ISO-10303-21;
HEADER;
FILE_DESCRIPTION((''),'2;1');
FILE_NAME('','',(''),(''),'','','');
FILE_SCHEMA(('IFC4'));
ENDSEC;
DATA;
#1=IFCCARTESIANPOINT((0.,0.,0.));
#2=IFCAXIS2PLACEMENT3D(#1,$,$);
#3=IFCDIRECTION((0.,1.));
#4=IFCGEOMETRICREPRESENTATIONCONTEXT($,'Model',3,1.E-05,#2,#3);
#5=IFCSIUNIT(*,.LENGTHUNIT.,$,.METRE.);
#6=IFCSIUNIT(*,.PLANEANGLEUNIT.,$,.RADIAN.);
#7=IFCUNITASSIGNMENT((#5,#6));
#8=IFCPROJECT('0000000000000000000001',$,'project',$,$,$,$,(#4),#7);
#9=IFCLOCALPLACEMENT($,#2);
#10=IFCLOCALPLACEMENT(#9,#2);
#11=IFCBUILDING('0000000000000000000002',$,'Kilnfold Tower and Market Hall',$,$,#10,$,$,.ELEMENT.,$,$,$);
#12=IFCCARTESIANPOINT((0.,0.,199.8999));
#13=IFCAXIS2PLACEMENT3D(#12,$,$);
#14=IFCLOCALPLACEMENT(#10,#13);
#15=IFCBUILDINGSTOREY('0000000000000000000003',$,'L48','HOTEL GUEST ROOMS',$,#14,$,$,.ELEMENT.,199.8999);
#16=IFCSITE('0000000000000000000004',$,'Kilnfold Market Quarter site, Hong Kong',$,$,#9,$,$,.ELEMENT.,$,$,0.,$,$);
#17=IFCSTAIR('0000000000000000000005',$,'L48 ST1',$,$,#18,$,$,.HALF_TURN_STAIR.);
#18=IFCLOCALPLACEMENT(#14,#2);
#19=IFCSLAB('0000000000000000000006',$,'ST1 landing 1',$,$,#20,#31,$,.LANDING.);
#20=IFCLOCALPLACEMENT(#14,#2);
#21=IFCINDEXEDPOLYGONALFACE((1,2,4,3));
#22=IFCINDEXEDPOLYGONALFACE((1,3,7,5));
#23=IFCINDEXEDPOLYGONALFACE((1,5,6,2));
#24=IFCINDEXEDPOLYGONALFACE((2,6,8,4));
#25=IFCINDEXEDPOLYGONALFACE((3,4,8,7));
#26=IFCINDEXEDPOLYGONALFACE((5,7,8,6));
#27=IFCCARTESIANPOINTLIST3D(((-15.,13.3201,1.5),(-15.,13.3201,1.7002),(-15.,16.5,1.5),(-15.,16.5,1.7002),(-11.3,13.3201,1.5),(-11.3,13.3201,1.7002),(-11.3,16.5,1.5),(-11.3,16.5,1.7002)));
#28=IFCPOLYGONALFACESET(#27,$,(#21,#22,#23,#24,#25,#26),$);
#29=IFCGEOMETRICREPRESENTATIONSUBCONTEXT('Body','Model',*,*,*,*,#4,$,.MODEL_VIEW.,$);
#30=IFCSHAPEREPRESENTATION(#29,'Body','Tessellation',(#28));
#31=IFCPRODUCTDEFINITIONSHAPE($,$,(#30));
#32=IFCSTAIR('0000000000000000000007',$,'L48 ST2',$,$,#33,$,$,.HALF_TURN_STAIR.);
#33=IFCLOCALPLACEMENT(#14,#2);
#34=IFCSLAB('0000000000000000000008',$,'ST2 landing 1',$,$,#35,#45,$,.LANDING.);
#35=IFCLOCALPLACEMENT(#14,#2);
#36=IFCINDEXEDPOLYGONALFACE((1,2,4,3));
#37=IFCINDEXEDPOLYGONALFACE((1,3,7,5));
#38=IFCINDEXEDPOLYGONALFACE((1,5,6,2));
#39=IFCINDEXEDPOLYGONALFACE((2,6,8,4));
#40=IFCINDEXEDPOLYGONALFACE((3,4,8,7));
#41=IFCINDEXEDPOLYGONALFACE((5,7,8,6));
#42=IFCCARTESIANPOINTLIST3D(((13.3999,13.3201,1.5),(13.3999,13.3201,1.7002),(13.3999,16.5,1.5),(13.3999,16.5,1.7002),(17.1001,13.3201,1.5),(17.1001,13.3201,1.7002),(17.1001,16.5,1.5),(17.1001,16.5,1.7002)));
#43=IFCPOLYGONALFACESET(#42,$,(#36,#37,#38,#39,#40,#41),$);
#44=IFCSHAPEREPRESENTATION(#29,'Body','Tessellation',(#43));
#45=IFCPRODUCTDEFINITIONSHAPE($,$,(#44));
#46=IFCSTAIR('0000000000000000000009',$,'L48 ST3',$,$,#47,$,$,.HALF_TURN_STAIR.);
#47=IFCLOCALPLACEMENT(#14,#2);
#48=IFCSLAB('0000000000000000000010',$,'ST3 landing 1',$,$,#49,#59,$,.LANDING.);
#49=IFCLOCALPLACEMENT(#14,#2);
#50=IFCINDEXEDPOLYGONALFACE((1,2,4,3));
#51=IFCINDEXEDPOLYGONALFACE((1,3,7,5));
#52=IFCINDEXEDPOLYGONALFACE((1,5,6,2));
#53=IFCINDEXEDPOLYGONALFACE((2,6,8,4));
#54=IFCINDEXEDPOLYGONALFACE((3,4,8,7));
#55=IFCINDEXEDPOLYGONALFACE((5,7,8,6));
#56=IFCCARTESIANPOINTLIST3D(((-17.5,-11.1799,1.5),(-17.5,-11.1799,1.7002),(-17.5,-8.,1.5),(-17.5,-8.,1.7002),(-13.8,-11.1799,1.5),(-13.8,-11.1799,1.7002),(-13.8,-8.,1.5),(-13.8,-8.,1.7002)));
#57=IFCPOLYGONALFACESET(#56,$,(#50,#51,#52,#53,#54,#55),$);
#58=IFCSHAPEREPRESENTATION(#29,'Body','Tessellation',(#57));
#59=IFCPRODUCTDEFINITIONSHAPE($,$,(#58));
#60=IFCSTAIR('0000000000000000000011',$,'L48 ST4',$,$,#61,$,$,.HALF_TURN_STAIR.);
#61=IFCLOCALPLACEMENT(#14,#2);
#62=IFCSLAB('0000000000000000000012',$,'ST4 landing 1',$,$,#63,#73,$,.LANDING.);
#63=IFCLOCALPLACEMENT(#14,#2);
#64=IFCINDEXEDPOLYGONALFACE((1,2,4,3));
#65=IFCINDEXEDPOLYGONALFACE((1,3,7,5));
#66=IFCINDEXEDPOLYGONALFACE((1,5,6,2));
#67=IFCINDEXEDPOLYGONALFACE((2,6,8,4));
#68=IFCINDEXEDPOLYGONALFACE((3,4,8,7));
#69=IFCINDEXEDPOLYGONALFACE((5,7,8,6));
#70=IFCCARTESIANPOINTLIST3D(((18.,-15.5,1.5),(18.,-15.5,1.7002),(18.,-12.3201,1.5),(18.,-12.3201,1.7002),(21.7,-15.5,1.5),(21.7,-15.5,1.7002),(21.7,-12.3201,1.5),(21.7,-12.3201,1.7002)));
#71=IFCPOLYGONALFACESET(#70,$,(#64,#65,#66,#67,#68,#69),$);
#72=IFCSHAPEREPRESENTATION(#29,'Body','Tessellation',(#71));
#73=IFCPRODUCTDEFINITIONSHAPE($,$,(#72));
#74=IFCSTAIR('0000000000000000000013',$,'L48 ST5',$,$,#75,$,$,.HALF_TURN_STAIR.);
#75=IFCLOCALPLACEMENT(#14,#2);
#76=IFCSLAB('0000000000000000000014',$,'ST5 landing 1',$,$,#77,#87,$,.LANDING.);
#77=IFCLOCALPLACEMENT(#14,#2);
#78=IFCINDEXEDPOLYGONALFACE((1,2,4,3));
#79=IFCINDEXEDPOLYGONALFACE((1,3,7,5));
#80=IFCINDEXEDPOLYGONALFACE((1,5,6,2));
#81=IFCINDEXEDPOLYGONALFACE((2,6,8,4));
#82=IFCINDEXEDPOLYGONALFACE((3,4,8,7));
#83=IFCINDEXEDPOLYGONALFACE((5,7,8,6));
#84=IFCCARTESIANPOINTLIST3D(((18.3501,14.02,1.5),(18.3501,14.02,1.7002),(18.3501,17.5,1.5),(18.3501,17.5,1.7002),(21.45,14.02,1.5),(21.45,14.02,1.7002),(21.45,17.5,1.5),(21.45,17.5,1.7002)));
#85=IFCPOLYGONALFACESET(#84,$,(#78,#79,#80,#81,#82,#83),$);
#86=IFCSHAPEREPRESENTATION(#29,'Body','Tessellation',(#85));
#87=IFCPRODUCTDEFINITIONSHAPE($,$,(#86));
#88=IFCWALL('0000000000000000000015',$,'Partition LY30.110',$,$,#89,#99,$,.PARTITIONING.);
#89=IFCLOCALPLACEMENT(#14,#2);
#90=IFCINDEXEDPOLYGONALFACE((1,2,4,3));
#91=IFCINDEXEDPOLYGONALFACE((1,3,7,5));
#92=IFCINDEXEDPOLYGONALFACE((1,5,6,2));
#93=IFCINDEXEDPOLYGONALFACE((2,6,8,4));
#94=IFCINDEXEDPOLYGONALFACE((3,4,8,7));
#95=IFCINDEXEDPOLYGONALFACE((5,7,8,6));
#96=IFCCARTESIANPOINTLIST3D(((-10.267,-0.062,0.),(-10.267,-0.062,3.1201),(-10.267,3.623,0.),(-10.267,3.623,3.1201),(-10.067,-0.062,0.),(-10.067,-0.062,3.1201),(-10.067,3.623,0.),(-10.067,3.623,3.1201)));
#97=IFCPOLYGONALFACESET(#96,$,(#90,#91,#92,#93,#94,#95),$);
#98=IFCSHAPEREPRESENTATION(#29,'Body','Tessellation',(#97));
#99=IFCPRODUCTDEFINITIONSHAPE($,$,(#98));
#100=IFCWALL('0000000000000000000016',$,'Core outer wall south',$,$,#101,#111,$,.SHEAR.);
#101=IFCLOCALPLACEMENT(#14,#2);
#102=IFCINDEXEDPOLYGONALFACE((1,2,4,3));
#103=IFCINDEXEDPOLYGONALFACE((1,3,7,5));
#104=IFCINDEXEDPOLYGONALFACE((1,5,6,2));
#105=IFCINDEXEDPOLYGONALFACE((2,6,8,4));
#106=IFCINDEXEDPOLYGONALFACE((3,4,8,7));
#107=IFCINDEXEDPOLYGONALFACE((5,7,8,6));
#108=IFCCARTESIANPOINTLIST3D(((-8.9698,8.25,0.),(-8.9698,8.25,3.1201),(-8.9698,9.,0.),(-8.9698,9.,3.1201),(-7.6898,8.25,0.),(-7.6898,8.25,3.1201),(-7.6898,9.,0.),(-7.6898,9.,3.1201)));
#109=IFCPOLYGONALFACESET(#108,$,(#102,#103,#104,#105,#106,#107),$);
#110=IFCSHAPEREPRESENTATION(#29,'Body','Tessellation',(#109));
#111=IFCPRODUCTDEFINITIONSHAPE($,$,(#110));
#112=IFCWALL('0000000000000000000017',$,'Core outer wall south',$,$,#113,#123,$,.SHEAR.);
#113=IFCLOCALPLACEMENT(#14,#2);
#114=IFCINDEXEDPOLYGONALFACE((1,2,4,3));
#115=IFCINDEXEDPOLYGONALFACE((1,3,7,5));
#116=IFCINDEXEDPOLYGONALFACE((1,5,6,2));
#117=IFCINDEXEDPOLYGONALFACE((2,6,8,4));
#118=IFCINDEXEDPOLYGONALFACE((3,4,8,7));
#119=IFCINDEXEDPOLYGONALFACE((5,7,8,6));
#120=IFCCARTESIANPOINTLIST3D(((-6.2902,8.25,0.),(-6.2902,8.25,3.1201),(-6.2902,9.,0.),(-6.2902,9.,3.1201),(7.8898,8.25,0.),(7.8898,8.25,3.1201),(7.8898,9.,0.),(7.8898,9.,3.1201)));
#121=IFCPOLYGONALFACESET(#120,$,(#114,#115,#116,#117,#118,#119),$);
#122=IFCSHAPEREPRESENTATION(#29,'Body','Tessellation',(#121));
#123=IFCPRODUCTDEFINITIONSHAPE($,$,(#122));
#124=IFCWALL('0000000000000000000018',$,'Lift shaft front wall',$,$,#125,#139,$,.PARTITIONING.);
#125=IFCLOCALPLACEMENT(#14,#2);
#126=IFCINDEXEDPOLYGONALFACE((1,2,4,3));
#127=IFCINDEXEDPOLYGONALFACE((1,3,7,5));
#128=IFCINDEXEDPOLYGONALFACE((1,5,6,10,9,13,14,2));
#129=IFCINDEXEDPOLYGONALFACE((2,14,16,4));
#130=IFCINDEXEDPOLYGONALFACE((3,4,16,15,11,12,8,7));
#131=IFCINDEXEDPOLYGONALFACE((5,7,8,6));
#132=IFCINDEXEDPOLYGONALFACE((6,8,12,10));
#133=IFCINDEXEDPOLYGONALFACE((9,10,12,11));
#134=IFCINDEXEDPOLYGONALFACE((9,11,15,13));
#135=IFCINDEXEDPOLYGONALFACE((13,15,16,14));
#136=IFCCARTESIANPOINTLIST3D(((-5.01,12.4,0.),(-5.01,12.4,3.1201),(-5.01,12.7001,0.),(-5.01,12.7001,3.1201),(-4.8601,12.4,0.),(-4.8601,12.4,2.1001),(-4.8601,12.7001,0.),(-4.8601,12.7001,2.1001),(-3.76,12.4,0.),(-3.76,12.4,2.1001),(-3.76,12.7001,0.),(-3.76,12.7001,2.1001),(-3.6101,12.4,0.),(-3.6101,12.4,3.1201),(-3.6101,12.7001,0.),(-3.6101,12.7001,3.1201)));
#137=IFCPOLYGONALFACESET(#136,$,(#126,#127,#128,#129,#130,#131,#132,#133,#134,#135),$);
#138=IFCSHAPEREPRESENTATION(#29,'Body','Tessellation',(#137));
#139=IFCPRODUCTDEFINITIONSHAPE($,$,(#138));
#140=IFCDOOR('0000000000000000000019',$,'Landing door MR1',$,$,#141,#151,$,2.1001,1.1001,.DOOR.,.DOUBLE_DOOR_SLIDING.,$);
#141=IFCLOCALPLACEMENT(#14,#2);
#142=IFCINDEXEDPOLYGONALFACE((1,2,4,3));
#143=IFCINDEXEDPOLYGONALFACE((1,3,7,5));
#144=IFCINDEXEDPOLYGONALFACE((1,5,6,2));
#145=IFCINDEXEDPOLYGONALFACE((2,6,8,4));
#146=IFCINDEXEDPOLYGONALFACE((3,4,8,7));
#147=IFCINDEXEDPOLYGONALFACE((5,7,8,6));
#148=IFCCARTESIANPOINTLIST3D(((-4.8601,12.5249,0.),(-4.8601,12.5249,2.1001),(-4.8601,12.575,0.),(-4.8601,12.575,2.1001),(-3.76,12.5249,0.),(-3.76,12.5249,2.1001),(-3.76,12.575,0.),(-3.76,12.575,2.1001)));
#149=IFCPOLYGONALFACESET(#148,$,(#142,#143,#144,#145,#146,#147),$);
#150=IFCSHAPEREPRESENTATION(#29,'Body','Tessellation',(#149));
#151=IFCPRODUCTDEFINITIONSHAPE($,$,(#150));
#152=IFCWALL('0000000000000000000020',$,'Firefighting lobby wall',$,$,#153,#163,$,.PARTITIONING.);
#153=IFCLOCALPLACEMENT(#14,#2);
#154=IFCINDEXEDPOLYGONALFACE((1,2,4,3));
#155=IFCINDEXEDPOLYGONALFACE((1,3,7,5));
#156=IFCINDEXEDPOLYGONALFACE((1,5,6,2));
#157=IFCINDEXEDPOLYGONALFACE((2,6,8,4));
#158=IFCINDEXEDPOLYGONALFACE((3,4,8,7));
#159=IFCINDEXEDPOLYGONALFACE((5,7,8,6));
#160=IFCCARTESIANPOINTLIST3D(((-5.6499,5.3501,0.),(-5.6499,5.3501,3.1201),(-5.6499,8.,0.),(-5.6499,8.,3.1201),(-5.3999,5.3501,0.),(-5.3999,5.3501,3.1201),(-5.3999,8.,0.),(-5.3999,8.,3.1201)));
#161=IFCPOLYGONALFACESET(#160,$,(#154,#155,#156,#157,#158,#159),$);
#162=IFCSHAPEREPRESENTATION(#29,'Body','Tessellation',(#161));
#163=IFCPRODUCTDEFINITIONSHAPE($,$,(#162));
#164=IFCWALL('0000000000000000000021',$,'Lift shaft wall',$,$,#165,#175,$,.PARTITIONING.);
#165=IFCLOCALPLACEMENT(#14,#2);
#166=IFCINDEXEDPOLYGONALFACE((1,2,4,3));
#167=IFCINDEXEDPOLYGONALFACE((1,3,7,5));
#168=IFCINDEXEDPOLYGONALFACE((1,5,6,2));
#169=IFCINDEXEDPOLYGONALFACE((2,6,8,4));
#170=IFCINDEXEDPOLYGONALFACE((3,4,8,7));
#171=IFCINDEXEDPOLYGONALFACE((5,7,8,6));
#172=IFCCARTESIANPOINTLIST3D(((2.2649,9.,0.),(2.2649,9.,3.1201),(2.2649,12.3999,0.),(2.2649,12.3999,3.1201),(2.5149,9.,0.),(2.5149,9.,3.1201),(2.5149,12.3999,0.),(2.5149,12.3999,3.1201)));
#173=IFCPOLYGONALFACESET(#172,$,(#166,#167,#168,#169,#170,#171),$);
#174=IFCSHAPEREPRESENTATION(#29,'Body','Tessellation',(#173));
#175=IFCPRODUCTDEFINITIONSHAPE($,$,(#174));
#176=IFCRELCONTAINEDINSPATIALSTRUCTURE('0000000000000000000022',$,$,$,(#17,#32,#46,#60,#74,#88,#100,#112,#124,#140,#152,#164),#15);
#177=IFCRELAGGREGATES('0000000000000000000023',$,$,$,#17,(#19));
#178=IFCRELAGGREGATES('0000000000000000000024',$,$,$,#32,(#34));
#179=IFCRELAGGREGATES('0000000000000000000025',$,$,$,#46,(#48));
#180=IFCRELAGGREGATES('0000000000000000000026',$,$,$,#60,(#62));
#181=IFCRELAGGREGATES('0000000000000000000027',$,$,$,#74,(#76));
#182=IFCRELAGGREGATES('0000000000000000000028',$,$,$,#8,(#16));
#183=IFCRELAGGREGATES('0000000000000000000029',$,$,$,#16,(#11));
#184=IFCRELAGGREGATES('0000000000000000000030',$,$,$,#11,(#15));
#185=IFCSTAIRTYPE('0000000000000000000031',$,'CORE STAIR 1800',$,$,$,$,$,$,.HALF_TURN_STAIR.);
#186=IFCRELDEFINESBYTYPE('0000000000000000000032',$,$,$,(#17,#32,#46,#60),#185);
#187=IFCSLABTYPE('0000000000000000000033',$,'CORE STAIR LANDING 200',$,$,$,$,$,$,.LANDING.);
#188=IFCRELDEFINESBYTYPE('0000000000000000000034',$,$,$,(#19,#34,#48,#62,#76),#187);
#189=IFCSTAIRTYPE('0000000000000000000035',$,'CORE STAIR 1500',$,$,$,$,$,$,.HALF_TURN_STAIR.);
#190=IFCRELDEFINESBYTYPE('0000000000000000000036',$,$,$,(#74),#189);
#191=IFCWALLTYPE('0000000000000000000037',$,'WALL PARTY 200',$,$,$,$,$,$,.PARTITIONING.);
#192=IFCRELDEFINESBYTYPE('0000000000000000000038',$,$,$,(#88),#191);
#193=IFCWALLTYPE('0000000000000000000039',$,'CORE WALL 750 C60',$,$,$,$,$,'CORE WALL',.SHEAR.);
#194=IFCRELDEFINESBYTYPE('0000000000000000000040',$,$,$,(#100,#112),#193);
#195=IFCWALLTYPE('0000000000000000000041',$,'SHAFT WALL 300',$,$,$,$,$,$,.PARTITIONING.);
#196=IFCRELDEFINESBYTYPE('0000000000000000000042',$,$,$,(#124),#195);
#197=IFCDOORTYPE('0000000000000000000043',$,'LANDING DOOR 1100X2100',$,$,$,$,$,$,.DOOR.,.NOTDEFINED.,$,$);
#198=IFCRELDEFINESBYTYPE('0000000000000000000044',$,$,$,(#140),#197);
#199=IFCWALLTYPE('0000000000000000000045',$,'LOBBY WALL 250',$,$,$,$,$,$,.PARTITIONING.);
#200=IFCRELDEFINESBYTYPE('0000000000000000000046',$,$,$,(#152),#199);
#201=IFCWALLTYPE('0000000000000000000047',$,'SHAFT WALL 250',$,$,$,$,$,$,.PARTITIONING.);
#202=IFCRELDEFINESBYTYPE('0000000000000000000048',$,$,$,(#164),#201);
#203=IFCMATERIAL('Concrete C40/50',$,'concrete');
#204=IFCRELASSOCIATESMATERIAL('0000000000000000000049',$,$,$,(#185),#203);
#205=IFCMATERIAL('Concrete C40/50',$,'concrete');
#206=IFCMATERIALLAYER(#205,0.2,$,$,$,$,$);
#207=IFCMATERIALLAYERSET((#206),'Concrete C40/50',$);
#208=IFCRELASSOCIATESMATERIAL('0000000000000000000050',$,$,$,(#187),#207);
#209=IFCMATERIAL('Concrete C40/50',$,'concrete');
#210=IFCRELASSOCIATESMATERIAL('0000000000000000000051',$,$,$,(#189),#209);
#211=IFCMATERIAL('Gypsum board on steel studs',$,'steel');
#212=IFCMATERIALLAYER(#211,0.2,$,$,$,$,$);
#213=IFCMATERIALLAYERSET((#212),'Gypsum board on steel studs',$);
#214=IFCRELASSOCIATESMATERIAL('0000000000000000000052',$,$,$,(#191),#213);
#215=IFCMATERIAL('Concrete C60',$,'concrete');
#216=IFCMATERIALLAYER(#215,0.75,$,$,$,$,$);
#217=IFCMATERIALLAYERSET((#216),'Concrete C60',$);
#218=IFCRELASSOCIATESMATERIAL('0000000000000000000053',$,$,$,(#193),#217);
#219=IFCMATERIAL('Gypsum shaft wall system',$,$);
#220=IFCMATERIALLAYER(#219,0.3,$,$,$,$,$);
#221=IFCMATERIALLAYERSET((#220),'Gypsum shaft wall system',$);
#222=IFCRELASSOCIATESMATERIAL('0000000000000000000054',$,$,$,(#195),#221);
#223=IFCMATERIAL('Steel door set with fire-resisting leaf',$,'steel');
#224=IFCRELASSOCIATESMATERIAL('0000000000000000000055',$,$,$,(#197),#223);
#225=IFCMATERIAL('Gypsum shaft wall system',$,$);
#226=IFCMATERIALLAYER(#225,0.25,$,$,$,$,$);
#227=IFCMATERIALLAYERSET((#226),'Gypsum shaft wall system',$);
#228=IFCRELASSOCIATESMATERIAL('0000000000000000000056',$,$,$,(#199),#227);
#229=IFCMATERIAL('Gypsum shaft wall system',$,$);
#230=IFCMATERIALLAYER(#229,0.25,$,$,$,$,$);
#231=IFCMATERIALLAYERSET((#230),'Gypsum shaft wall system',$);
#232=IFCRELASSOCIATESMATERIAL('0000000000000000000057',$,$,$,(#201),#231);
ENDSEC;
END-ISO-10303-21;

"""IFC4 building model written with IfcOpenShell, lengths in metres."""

from ifc_helpers import new_model, si_unit, direction, frame, frame_2d, origin, place, context, subcontext, project, spatial, polyline, rectangle, outline, extrude, source, transform, mapped, material, layer, layer_set, type_object, element, fill, aggregate, save


model = new_model("IFC4")

# Units and contexts
model_context = context("Model", 3, precision=1e-05, world=origin(), true_north=direction((0.0, 1.0)))
body_context = subcontext(model_context, "Body", "Model", "MODEL_VIEW")
ifc_project = project(units=[si_unit("LENGTHUNIT", "METRE"), si_unit("PLANEANGLEUNIT", "RADIAN")], contexts=[model_context])

# Site, building, storey
site_placement = place(None, origin())
site = spatial("IfcSite", under=ifc_project, at=site_placement, Name="Kilnfold Market Quarter site, Hong Kong", CompositionType="ELEMENT", RefElevation=0.0)
building_placement = place(site_placement, origin())
building = spatial("IfcBuilding", under=site, at=building_placement, Name="Kilnfold Tower and Market Hall", CompositionType="ELEMENT")
storey_placement = place(building_placement, frame((0.0, 0.0, 199.8999)))
storey = spatial("IfcBuildingStorey", under=building, at=storey_placement, Name="L48", Description="HOTEL GUEST ROOMS", CompositionType="ELEMENT", Elevation=199.8999)

# Stairs, slabs
ifc_material_1 = material(Name="Concrete C40/50", Category="concrete")
stair_type_1 = type_object("IfcStairType", Name="CORE STAIR 1800", PredefinedType="HALF_TURN_STAIR", material=ifc_material_1)
stair_1_placement = place(storey_placement, origin())
stair_1 = element("IfcStair", 1, at=stair_1_placement, inside=storey, type_object=stair_type_1, Name="L48 ST1", PredefinedType="HALF_TURN_STAIR")
ifc_material_2 = material(Name="Concrete C40/50", Category="concrete")
ifc_layer_1 = layer(ifc_material_2, 0.2)
ifc_layer_set_1 = layer_set([ifc_layer_1], Name="Concrete C40/50")
slab_type_1 = type_object("IfcSlabType", Name="CORE STAIR LANDING 200", PredefinedType="LANDING", material=ifc_layer_set_1)
shared_shape_1 = source(origin(), body_context, "Body", "SweptSolid", [
    extrude(outline(polyline([(-11.3, 13.3201), (-11.3, 16.5), (-15.0, 16.5), (-15.0, 13.3201), (-11.3, 13.3201)])), origin(), (0.0, 0.0, 1.0), 0.2002),
])
slab_1_placement = place(storey_placement, frame((0.0, 0.0, 1.5)))
slab_1 = element("IfcSlab", 2, at=slab_1_placement, type_object=slab_type_1, Name="ST1 landing 1", PredefinedType="LANDING", context=body_context, shape_type="MappedRepresentation", body=[
    mapped(shared_shape_1, transform((0.0, 0.0, 0.0))),
])
aggregate(stair_1, [slab_1])
stair_2_placement = place(storey_placement, origin())
stair_2 = element("IfcStair", 3, at=stair_2_placement, inside=storey, type_object=stair_type_1, Name="L48 ST2", PredefinedType="HALF_TURN_STAIR")
shared_shape_2 = source(origin(), body_context, "Body", "SweptSolid", [
    extrude(outline(polyline([(17.1001, 13.3201), (17.1001, 16.5), (13.3999, 16.5), (13.3999, 13.3201), (17.1001, 13.3201)])), origin(), (0.0, 0.0, 1.0), 0.2002),
])
slab_2_placement = place(storey_placement, frame((0.0, 0.0, 1.5)))
slab_2 = element("IfcSlab", 4, at=slab_2_placement, type_object=slab_type_1, Name="ST2 landing 1", PredefinedType="LANDING", context=body_context, shape_type="MappedRepresentation", body=[
    mapped(shared_shape_2, transform((0.0, 0.0, 0.0))),
])
aggregate(stair_2, [slab_2])
stair_3_placement = place(storey_placement, origin())
stair_3 = element("IfcStair", 5, at=stair_3_placement, inside=storey, type_object=stair_type_1, Name="L48 ST3", PredefinedType="HALF_TURN_STAIR")
shared_shape_3 = source(origin(), body_context, "Body", "SweptSolid", [
    extrude(outline(polyline([(-13.8, -11.1799), (-13.8, -8.0), (-17.5, -8.0), (-17.5, -11.1799), (-13.8, -11.1799)])), origin(), (0.0, 0.0, 1.0), 0.2002),
])
slab_3_placement = place(storey_placement, frame((0.0, 0.0, 1.5)))
slab_3 = element("IfcSlab", 6, at=slab_3_placement, type_object=slab_type_1, Name="ST3 landing 1", PredefinedType="LANDING", context=body_context, shape_type="MappedRepresentation", body=[
    mapped(shared_shape_3, transform((0.0, 0.0, 0.0))),
])
aggregate(stair_3, [slab_3])
stair_4_placement = place(storey_placement, origin())
stair_4 = element("IfcStair", 7, at=stair_4_placement, inside=storey, type_object=stair_type_1, Name="L48 ST4", PredefinedType="HALF_TURN_STAIR")
shared_shape_4 = source(origin(), body_context, "Body", "SweptSolid", [
    extrude(outline(polyline([(18.0, -12.3201), (18.0, -15.5), (21.7, -15.5), (21.7, -12.3201), (18.0, -12.3201)])), origin(), (0.0, 0.0, 1.0), 0.2002),
])
slab_4_placement = place(storey_placement, frame((0.0, 0.0, 1.5)))
slab_4 = element("IfcSlab", 8, at=slab_4_placement, type_object=slab_type_1, Name="ST4 landing 1", PredefinedType="LANDING", context=body_context, shape_type="MappedRepresentation", body=[
    mapped(shared_shape_4, transform((0.0, 0.0, 0.0))),
])
aggregate(stair_4, [slab_4])
ifc_material_3 = material(Name="Concrete C40/50", Category="concrete")
stair_type_2 = type_object("IfcStairType", Name="CORE STAIR 1500", PredefinedType="HALF_TURN_STAIR", material=ifc_material_3)
stair_5_placement = place(storey_placement, origin())
stair_5 = element("IfcStair", 9, at=stair_5_placement, inside=storey, type_object=stair_type_2, Name="L48 ST5", PredefinedType="HALF_TURN_STAIR")
shared_shape_5 = source(origin(), body_context, "Body", "SweptSolid", [
    extrude(outline(polyline([(21.45, 14.02), (21.45, 17.5), (18.3501, 17.5), (18.3501, 14.02), (21.45, 14.02)])), origin(), (0.0, 0.0, 1.0), 0.2002),
])
slab_5_placement = place(storey_placement, frame((0.0, 0.0, 1.5)))
slab_5 = element("IfcSlab", 10, at=slab_5_placement, type_object=slab_type_1, Name="ST5 landing 1", PredefinedType="LANDING", context=body_context, shape_type="MappedRepresentation", body=[
    mapped(shared_shape_5, transform((0.0, 0.0, 0.0))),
])
aggregate(stair_5, [slab_5])

# Walls
ifc_material_4 = material(Name="Gypsum board on steel studs", Category="steel")
ifc_layer_2 = layer(ifc_material_4, 0.2)
ifc_layer_set_2 = layer_set([ifc_layer_2], Name="Gypsum board on steel studs")
wall_type_1 = type_object("IfcWallType", Name="WALL PARTY 200", PredefinedType="PARTITIONING", material=ifc_layer_set_2)
wall_1_placement = place(storey_placement, frame((-10.167, -0.062, 0.0), z_axis=(0.0, 0.0, 1.0), x_axis=(0.0, 1.0, 0.0)))
element("IfcWall", 11, at=wall_1_placement, inside=storey, type_object=wall_type_1, Name="Partition LY30.110", PredefinedType="PARTITIONING", context=body_context, shape_type="SweptSolid", body=[
    extrude(rectangle(XDim=3.6851, YDim=0.2, at=frame_2d((1.8425, 0.0))), origin(), (0.0, 0.0, 1.0), 3.1201),
])
ifc_material_5 = material(Name="Concrete C60", Category="concrete")
ifc_layer_3 = layer(ifc_material_5, 0.75)
ifc_layer_set_3 = layer_set([ifc_layer_3], Name="Concrete C60")
wall_type_2 = type_object("IfcWallType", Name="CORE WALL 750 C60", ElementType="CORE WALL", PredefinedType="SHEAR", material=ifc_layer_set_3)
shared_shape_6 = source(origin(), body_context, "Body", "SweptSolid", [
    extrude(rectangle(XDim=1.28, YDim=0.75, at=frame_2d((0.6401, 0.0))), origin(), (0.0, 0.0, 1.0), 3.1201),
])
wall_2_placement = place(storey_placement, frame((-8.97, 8.625, 0.0), z_axis=(0.0, 0.0, 1.0), x_axis=(1.0, 0.0, 0.0)))
element("IfcWall", 12, at=wall_2_placement, inside=storey, type_object=wall_type_2, Name="Core outer wall south", PredefinedType="SHEAR", context=body_context, shape_type="MappedRepresentation", body=[
    mapped(shared_shape_6, transform((0.0, 0.0, 0.0))),
])
shared_shape_7 = source(origin(), body_context, "Body", "SweptSolid", [
    extrude(rectangle(XDim=14.1799, YDim=0.75, at=frame_2d((7.0898, 0.0))), origin(), (0.0, 0.0, 1.0), 3.1201),
])
wall_3_placement = place(storey_placement, frame((-6.29, 8.625, 0.0), z_axis=(0.0, 0.0, 1.0), x_axis=(1.0, 0.0, 0.0)))
element("IfcWall", 13, at=wall_3_placement, inside=storey, type_object=wall_type_2, Name="Core outer wall south", PredefinedType="SHEAR", context=body_context, shape_type="MappedRepresentation", body=[
    mapped(shared_shape_7, transform((0.0, 0.0, 0.0))),
])

# Wall, opening, door
ifc_material_6 = material(Name="Gypsum shaft wall system")
ifc_layer_4 = layer(ifc_material_6, 0.3)
ifc_layer_set_4 = layer_set([ifc_layer_4], Name="Gypsum shaft wall system")
wall_type_3 = type_object("IfcWallType", Name="SHAFT WALL 300", PredefinedType="PARTITIONING", material=ifc_layer_set_4)
shared_shape_8 = source(origin(), body_context, "Body", "SweptSolid", [
    extrude(rectangle(XDim=1.3999, YDim=0.3, at=frame_2d((0.7, 0.0))), origin(), (0.0, 0.0, 1.0), 3.1201),
])
wall_4_placement = place(storey_placement, frame((-5.01, 12.55, 0.0), z_axis=(0.0, 0.0, 1.0), x_axis=(1.0, 0.0, 0.0)))
wall_4 = element("IfcWall", 14, at=wall_4_placement, inside=storey, type_object=wall_type_3, Name="Lift shaft front wall", PredefinedType="PARTITIONING", context=body_context, shape_type="MappedRepresentation", body=[
    mapped(shared_shape_8, transform((0.0, 0.0, 0.0))),
])
opening_1_placement = place(wall_4_placement, frame((0.1499, 0.0, 0.0)))
opening_1 = element("IfcOpeningElement", 15, at=opening_1_placement, cuts=wall_4, PredefinedType="OPENING", context=body_context, shape_type="SweptSolid", body=[
    extrude(rectangle(XDim=1.1001, YDim=2.1001, at=frame_2d((0.55, 1.05))), frame((0.0, 0.1602, 0.0), z_axis=(0.0, -1.0, 0.0), x_axis=(1.0, 0.0, 0.0)), (0.0, 0.0, 1.0), 0.3201),
])
ifc_material_7 = material(Name="Steel door set with fire-resisting leaf", Category="steel")
door_type_1 = type_object("IfcDoorType", Name="LANDING DOOR 1100X2100", OperationType="NOTDEFINED", PredefinedType="DOOR", material=ifc_material_7)
door_1_placement = place(opening_1_placement, origin())
door_1 = element("IfcDoor", 16, at=door_1_placement, inside=storey, type_object=door_type_1, Name="Landing door MR1", OperationType="DOUBLE_DOOR_SLIDING", OverallHeight=2.1001, OverallWidth=1.1001, PredefinedType="DOOR", context=body_context, shape_type="SweptSolid", body=[
    extrude(rectangle(XDim=1.1001, YDim=2.1001, at=frame_2d((0.55, 1.05))), frame((0.0, 0.0249, 0.0), z_axis=(0.0, -1.0, 0.0), x_axis=(1.0, 0.0, 0.0)), (0.0, 0.0, 1.0), 0.05),
])
fill(opening_1, door_1)

# Walls
ifc_material_8 = material(Name="Gypsum shaft wall system")
ifc_layer_5 = layer(ifc_material_8, 0.25)
ifc_layer_set_5 = layer_set([ifc_layer_5], Name="Gypsum shaft wall system")
wall_type_4 = type_object("IfcWallType", Name="LOBBY WALL 250", PredefinedType="PARTITIONING", material=ifc_layer_set_5)
shared_shape_9 = source(origin(), body_context, "Body", "SweptSolid", [
    extrude(rectangle(XDim=2.6499, YDim=0.25, at=frame_2d((1.325, 0.0))), origin(), (0.0, 0.0, 1.0), 3.1201),
])
wall_5_placement = place(storey_placement, frame((-5.5249, 5.3501, 0.0), z_axis=(0.0, 0.0, 1.0), x_axis=(0.0, 1.0, 0.0)))
element("IfcWall", 17, at=wall_5_placement, inside=storey, type_object=wall_type_4, Name="Firefighting lobby wall", PredefinedType="PARTITIONING", context=body_context, shape_type="MappedRepresentation", body=[
    mapped(shared_shape_9, transform((0.0, 0.0, 0.0))),
])
ifc_material_9 = material(Name="Gypsum shaft wall system")
ifc_layer_6 = layer(ifc_material_9, 0.25)
ifc_layer_set_6 = layer_set([ifc_layer_6], Name="Gypsum shaft wall system")
wall_type_5 = type_object("IfcWallType", Name="SHAFT WALL 250", PredefinedType="PARTITIONING", material=ifc_layer_set_6)
shared_shape_10 = source(origin(), body_context, "Body", "SweptSolid", [
    extrude(rectangle(XDim=3.3999, YDim=0.25, at=frame_2d((1.7, 0.0))), origin(), (0.0, 0.0, 1.0), 3.1201),
])
for number, where, z_axis, x_axis, name in (
    (18, (2.3899, 9.0, 0.0), (0.0, 0.0, 1.0), (0.0, 1.0, 0.0), "Lift shaft wall"),
):
    element("IfcWall", number, at=place(storey_placement, frame(where, z_axis=z_axis, x_axis=x_axis)), inside=storey, type_object=wall_type_5, Name=name, PredefinedType="PARTITIONING", context=body_context, shape_type="MappedRepresentation", body=[
        mapped(shared_shape_10, transform((0.0, 0.0, 0.0))),
    ])

save(model, "model.ifc")
